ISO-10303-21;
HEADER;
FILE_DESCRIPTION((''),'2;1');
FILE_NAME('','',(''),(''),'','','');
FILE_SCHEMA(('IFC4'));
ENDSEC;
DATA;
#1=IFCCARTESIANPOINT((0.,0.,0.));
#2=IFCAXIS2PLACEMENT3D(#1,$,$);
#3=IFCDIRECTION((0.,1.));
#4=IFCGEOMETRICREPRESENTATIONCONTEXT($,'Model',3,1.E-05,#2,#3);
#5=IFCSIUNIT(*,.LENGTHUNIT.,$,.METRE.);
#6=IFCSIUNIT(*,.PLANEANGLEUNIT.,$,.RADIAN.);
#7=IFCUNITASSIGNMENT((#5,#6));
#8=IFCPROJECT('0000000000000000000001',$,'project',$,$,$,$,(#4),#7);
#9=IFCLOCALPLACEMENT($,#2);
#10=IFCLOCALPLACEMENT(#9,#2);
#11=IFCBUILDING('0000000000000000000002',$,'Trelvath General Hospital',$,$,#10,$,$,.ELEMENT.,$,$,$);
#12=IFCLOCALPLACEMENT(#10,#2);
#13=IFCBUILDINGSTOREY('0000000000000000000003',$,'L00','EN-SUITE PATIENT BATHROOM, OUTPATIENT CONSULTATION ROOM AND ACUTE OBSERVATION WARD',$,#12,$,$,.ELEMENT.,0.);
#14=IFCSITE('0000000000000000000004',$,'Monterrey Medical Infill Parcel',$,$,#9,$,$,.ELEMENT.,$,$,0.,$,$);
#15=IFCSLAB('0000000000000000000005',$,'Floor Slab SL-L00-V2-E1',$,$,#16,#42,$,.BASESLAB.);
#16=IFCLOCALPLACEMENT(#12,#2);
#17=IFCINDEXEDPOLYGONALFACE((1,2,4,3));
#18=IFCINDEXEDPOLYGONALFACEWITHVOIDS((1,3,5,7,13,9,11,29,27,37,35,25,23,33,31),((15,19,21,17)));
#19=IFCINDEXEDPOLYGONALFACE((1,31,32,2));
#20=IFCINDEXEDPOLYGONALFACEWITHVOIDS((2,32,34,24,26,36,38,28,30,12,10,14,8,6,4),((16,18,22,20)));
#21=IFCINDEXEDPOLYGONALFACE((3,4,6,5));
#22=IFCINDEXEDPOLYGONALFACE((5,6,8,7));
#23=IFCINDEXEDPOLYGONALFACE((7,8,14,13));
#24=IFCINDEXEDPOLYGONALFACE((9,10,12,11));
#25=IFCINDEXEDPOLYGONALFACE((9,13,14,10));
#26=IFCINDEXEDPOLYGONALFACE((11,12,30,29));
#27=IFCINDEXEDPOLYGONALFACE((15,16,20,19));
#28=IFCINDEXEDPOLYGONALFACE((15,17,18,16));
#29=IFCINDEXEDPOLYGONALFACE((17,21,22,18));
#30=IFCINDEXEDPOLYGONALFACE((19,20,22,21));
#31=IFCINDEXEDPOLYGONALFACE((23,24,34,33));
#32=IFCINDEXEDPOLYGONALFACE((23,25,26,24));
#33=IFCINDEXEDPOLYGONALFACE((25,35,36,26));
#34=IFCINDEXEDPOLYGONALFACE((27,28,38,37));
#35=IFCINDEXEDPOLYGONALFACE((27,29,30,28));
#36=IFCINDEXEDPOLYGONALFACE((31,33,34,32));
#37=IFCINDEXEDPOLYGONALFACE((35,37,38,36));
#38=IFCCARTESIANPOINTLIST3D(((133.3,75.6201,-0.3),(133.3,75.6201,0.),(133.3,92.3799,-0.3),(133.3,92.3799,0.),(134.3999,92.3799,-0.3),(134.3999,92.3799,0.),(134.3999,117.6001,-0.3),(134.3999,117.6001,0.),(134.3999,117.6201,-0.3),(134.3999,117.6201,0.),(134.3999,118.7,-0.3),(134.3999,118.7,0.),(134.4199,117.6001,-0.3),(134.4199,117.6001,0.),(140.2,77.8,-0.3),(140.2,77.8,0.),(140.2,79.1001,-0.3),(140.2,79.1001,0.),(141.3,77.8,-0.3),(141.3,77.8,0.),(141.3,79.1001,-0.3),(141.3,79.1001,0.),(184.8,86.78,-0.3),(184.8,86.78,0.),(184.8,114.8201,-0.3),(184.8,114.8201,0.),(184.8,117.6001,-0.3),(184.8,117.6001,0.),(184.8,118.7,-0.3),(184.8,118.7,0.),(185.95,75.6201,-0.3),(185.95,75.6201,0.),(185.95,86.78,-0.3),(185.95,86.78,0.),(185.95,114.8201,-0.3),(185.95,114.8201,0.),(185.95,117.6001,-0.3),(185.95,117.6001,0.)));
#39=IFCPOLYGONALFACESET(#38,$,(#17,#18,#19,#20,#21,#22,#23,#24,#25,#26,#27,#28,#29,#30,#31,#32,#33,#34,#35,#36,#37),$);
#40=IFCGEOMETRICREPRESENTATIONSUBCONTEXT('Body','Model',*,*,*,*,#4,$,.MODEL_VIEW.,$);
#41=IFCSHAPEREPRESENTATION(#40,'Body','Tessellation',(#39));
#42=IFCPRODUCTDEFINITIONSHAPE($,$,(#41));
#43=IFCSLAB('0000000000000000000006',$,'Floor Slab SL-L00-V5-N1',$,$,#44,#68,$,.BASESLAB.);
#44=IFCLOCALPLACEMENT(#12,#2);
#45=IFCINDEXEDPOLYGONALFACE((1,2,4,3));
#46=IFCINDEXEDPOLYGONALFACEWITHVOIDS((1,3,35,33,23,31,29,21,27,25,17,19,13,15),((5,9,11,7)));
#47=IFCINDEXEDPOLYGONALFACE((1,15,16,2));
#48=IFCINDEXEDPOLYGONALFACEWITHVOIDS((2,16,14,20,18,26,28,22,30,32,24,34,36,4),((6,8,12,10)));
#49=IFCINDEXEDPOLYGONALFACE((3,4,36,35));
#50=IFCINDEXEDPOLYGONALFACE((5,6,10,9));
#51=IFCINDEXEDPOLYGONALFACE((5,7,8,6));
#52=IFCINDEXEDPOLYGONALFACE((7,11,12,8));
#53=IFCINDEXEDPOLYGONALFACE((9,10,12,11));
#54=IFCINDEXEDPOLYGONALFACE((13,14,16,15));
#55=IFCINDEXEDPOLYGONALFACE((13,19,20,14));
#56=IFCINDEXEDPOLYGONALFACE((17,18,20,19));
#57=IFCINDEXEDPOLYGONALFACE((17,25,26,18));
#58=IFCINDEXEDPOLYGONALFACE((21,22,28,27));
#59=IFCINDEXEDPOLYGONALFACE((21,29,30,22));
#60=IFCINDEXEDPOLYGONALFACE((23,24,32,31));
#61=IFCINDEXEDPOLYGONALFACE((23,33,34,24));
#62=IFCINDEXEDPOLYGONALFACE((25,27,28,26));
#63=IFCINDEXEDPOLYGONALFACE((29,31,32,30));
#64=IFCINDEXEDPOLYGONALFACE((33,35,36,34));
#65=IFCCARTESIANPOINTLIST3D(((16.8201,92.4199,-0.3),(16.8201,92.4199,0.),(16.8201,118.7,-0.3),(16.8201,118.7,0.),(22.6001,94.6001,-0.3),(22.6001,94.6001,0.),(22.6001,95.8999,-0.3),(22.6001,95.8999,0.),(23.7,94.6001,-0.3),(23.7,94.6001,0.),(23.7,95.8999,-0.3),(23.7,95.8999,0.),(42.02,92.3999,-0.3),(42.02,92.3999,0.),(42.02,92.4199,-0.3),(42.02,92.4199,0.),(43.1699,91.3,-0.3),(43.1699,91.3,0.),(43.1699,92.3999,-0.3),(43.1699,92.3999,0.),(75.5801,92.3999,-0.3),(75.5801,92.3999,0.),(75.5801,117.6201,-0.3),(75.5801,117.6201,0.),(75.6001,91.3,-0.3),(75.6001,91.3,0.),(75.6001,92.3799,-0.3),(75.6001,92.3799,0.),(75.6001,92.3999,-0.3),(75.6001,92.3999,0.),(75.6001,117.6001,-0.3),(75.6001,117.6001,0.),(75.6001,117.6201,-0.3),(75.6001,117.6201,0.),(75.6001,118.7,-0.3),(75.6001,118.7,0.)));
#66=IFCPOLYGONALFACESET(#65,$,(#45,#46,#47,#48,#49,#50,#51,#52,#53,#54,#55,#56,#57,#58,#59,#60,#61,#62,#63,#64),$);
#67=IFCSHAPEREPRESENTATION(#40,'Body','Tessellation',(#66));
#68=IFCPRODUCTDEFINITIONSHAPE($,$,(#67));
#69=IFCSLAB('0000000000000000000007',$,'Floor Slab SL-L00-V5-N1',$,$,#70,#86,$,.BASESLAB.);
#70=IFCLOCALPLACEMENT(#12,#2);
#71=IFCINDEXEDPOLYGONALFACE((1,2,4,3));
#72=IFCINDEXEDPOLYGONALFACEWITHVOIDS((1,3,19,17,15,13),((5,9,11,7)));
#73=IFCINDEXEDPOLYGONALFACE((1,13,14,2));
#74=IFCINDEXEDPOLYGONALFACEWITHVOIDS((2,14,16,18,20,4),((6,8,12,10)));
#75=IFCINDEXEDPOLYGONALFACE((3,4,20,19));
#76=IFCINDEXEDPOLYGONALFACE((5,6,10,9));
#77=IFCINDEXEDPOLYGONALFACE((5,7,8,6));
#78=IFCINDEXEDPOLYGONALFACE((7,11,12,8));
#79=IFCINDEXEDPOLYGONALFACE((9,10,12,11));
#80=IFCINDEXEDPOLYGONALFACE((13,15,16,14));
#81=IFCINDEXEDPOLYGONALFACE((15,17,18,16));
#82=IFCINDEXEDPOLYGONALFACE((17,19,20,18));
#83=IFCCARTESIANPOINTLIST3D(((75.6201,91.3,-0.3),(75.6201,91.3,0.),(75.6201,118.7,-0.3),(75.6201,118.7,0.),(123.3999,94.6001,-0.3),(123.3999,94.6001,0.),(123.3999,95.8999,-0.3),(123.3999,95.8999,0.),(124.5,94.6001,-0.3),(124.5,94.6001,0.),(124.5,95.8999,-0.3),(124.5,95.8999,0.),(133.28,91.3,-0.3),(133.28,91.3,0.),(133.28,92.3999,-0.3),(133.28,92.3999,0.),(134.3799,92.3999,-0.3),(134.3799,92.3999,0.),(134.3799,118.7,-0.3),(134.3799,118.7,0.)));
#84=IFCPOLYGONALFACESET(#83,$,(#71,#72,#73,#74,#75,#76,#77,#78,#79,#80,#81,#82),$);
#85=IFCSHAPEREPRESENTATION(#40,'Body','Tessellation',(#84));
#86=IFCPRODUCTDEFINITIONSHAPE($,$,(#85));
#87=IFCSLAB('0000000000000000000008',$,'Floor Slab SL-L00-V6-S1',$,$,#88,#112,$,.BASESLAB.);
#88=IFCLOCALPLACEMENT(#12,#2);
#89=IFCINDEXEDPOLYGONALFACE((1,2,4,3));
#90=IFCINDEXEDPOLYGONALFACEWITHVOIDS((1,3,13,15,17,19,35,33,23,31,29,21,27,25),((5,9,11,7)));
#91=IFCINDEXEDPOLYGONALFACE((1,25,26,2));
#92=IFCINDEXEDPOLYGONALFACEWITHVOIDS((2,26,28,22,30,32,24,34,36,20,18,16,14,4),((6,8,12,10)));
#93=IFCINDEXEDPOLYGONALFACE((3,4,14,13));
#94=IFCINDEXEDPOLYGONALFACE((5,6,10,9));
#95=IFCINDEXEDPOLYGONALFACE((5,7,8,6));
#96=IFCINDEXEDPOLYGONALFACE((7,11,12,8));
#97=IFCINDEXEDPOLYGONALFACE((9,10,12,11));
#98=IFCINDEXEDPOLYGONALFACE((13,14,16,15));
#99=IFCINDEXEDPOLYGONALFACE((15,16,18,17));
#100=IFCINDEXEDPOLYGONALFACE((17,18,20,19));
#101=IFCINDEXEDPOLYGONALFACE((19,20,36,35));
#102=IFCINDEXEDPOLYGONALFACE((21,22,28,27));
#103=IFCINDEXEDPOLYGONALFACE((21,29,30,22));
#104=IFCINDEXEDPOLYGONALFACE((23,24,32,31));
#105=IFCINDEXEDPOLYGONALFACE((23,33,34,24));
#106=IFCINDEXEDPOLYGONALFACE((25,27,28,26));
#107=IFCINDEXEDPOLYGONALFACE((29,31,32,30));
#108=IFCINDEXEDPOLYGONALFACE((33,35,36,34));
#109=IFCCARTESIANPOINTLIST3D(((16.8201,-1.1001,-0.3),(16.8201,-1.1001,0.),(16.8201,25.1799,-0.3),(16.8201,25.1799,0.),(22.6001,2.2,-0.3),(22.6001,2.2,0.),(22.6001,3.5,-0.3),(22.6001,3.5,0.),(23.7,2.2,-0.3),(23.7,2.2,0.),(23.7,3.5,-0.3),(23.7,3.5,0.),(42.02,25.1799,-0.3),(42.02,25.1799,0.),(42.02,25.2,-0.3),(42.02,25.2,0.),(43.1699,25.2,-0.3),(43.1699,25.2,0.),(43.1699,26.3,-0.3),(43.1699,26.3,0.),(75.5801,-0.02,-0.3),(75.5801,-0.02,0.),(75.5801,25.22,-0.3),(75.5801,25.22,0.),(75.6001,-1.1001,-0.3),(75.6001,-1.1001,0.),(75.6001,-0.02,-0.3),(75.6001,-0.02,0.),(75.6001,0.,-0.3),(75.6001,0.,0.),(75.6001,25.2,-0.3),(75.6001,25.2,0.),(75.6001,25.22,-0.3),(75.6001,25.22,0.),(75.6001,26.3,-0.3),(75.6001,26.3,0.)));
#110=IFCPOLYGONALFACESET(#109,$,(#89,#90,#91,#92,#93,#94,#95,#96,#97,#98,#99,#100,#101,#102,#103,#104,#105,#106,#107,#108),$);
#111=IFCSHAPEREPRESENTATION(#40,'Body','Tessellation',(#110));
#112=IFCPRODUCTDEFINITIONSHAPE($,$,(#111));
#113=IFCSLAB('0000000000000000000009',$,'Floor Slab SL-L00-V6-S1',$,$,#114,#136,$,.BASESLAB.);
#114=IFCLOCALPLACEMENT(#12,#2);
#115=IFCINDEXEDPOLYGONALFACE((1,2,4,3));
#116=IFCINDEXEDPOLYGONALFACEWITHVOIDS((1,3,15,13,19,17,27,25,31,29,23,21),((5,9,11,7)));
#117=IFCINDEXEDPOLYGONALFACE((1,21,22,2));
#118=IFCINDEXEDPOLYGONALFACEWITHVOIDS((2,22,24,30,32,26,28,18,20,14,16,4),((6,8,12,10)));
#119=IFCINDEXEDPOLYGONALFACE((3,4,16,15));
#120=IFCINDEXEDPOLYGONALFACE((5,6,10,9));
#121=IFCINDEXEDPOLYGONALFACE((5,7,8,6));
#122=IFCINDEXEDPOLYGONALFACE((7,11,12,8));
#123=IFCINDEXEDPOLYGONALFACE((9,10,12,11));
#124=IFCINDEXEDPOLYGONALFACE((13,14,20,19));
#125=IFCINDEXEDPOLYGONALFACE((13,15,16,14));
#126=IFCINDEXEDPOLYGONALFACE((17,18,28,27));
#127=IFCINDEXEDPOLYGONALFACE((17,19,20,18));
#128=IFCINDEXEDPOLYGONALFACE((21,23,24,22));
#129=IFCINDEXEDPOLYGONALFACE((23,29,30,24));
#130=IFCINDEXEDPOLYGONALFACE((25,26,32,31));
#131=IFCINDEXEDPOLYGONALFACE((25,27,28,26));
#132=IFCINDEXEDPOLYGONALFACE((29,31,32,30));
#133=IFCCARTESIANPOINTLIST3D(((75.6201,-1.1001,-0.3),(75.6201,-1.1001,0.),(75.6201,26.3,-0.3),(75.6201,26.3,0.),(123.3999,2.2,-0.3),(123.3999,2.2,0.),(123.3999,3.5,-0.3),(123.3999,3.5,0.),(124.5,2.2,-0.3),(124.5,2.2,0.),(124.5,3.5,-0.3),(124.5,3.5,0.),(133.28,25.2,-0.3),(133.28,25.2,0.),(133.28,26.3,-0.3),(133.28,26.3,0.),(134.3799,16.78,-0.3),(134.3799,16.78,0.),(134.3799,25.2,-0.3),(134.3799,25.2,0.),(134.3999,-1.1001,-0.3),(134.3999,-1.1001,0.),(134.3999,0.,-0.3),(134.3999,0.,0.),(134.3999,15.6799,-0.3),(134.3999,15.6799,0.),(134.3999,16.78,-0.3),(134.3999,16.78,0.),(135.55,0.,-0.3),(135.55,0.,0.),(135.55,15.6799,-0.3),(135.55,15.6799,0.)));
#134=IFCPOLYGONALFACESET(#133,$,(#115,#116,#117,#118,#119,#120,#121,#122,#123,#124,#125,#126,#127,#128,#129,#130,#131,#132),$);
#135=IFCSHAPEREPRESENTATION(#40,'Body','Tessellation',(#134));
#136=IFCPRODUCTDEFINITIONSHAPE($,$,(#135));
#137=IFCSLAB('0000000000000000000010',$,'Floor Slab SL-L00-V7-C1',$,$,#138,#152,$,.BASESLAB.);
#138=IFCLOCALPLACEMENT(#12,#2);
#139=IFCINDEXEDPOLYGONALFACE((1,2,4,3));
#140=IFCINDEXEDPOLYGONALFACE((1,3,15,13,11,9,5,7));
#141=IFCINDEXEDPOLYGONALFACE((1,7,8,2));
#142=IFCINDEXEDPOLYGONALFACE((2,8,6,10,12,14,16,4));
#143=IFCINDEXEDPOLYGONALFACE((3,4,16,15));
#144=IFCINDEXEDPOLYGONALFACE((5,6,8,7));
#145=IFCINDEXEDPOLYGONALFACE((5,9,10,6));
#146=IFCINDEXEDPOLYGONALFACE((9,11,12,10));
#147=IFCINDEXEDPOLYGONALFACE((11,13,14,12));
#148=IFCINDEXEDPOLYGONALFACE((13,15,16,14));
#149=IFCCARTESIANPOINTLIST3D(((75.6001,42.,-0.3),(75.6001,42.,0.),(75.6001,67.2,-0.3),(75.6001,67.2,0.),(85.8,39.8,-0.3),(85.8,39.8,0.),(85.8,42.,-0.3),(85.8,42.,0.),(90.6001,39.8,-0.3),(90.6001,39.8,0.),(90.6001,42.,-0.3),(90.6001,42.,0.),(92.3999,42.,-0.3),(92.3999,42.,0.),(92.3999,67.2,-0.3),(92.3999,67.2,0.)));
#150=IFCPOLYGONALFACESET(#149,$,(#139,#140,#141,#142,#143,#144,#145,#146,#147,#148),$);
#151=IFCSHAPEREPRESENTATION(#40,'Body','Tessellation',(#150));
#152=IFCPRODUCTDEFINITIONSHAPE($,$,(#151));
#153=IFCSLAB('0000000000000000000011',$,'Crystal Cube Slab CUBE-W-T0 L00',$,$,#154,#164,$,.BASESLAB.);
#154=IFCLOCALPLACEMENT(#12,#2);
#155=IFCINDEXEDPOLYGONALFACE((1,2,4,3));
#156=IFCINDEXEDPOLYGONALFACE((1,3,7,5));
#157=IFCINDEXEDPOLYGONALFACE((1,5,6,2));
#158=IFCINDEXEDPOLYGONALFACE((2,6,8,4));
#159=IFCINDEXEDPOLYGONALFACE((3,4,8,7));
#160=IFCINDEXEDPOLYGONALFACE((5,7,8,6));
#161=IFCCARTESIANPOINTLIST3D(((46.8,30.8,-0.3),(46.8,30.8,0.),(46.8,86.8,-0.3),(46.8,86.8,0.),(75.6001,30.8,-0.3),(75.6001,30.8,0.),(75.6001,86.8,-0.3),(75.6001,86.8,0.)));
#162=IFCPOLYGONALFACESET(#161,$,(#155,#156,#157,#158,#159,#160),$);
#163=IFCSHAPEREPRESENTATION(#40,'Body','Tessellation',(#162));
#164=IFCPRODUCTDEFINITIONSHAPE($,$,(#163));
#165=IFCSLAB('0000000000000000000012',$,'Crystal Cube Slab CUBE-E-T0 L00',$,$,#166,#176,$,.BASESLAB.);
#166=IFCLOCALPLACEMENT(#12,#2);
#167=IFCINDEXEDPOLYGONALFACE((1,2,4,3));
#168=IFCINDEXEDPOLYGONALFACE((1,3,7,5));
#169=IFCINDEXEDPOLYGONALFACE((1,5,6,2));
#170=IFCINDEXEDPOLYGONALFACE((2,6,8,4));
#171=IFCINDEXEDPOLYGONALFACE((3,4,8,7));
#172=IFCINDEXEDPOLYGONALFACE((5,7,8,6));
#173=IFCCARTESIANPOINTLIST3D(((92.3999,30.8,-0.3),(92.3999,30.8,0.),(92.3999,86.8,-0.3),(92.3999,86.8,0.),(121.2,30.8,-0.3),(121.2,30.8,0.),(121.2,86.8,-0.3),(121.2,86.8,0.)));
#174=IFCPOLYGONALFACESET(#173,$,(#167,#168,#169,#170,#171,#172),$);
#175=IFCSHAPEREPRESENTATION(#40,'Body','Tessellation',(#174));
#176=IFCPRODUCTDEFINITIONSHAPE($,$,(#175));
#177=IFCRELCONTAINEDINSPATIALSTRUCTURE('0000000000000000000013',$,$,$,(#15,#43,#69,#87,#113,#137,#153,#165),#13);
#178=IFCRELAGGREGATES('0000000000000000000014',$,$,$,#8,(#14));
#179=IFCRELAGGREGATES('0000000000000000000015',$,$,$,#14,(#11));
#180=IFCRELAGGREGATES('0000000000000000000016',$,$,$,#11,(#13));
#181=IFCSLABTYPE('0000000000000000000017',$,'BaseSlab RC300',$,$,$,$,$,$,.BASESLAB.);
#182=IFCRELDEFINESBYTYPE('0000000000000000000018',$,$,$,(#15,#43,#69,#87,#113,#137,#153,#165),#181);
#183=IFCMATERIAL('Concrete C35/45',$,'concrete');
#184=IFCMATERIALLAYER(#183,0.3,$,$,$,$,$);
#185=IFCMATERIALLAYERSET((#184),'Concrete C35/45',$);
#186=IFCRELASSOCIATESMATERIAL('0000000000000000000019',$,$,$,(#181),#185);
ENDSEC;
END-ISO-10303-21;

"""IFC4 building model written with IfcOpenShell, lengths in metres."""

from ifc_helpers import new_model, si_unit, direction, frame, origin, place, context, subcontext, project, spatial, polyline, outline, extrude, material, layer, layer_set, type_object, element, save


model = new_model("IFC4")

# Units and contexts
model_context = context("Model", 3, precision=1e-05, world=origin(), true_north=direction((0.0, 1.0)))
body_context = subcontext(model_context, "Body", "Model", "MODEL_VIEW")
ifc_project = project(units=[si_unit("LENGTHUNIT", "METRE"), si_unit("PLANEANGLEUNIT", "RADIAN")], contexts=[model_context])

# Site, building, storey
site_placement = place(None, origin())
site = spatial("IfcSite", under=ifc_project, at=site_placement, Name="Monterrey Medical Infill Parcel", CompositionType="ELEMENT", RefElevation=0.0)
building_placement = place(site_placement, origin())
building = spatial("IfcBuilding", under=site, at=building_placement, Name="Trelvath General Hospital", CompositionType="ELEMENT")
storey_placement = place(building_placement, origin())
storey = spatial("IfcBuildingStorey", under=building, at=storey_placement, Name="L00", Description="EN-SUITE PATIENT BATHROOM, OUTPATIENT CONSULTATION ROOM AND ACUTE OBSERVATION WARD", CompositionType="ELEMENT", Elevation=0.0)

# Slabs
ifc_material_1 = material(Name="Concrete C35/45", Category="concrete")
ifc_layer_1 = layer(ifc_material_1, 0.3)
ifc_layer_set_1 = layer_set([ifc_layer_1], Name="Concrete C35/45")
slab_type_1 = type_object("IfcSlabType", Name="BaseSlab RC300", PredefinedType="BASESLAB", material=ifc_layer_set_1)
slab_1_placement = place(storey_placement, frame((0.0, 0.0, -0.3)))
element("IfcSlab", 1, at=slab_1_placement, inside=storey, type_object=slab_type_1, Name="Floor Slab SL-L00-V2-E1", PredefinedType="BASESLAB", context=body_context, shape_type="SweptSolid", body=[
    extrude(outline(polyline([(133.3, 75.6201), (133.3, 92.3799), (134.3999, 92.3799), (134.3999, 117.6001), (134.4199, 117.6001), (134.3999, 117.6201), (134.3999, 118.7), (184.8, 118.7), (184.8, 117.6001), (185.95, 117.6001), (185.95, 114.8201), (184.8, 114.8201), (184.8, 86.78), (185.95, 86.78), (185.95, 75.6201), (133.3, 75.6201)]), holes=[polyline([(140.2, 77.8), (141.3, 77.8), (141.3, 79.1001), (140.2, 79.1001), (140.2, 77.8)])]), origin(), (0.0, 0.0, 1.0), 0.3),
])
slab_2_placement = place(storey_placement, frame((0.0, 0.0, -0.3)))
element("IfcSlab", 2, at=slab_2_placement, inside=storey, type_object=slab_type_1, Name="Floor Slab SL-L00-V5-N1", PredefinedType="BASESLAB", context=body_context, shape_type="SweptSolid", body=[
    extrude(outline(polyline([(16.8201, 92.4199), (16.8201, 118.7), (75.6001, 118.7), (75.6001, 117.6201), (75.5801, 117.6201), (75.6001, 117.6001), (75.6001, 92.3999), (75.5801, 92.3999), (75.6001, 92.3799), (75.6001, 91.3), (43.1699, 91.3), (43.1699, 92.3999), (42.02, 92.3999), (42.02, 92.4199), (16.8201, 92.4199)]), holes=[polyline([(22.6001, 94.6001), (23.7, 94.6001), (23.7, 95.8999), (22.6001, 95.8999), (22.6001, 94.6001)])]), origin(), (0.0, 0.0, 1.0), 0.3),
])
slab_3_placement = place(storey_placement, frame((0.0, 0.0, -0.3)))
element("IfcSlab", 3, at=slab_3_placement, inside=storey, type_object=slab_type_1, Name="Floor Slab SL-L00-V5-N1", PredefinedType="BASESLAB", context=body_context, shape_type="SweptSolid", body=[
    extrude(outline(polyline([(133.28, 91.3), (75.6201, 91.3), (75.6201, 118.7), (134.3799, 118.7), (134.3799, 92.3999), (133.28, 92.3999), (133.28, 91.3)]), holes=[polyline([(123.3999, 94.6001), (124.5, 94.6001), (124.5, 95.8999), (123.3999, 95.8999), (123.3999, 94.6001)])]), origin(), (0.0, 0.0, 1.0), 0.3),
])
slab_4_placement = place(storey_placement, frame((0.0, 0.0, -0.3)))
element("IfcSlab", 4, at=slab_4_placement, inside=storey, type_object=slab_type_1, Name="Floor Slab SL-L00-V6-S1", PredefinedType="BASESLAB", context=body_context, shape_type="SweptSolid", body=[
    extrude(outline(polyline([(75.6001, -0.02), (75.6001, -1.1001), (16.8201, -1.1001), (16.8201, 25.1799), (42.02, 25.1799), (42.02, 25.2), (43.1699, 25.2), (43.1699, 26.3), (75.6001, 26.3), (75.6001, 25.22), (75.5801, 25.22), (75.6001, 25.2), (75.6001, 0.0), (75.5801, -0.02), (75.6001, -0.02)]), holes=[polyline([(22.6001, 2.2), (23.7, 2.2), (23.7, 3.5), (22.6001, 3.5), (22.6001, 2.2)])]), origin(), (0.0, 0.0, 1.0), 0.3),
])
slab_5_placement = place(storey_placement, frame((0.0, 0.0, -0.3)))
element("IfcSlab", 5, at=slab_5_placement, inside=storey, type_object=slab_type_1, Name="Floor Slab SL-L00-V6-S1", PredefinedType="BASESLAB", context=body_context, shape_type="SweptSolid", body=[
    extrude(outline(polyline([(75.6201, -1.1001), (75.6201, 26.3), (133.28, 26.3), (133.28, 25.2), (134.3799, 25.2), (134.3799, 16.78), (134.3999, 16.78), (134.3999, 15.6799), (135.55, 15.6799), (135.55, 0.0), (134.3999, 0.0), (134.3999, -1.1001), (75.6201, -1.1001)]), holes=[polyline([(123.3999, 2.2), (124.5, 2.2), (124.5, 3.5), (123.3999, 3.5), (123.3999, 2.2)])]), origin(), (0.0, 0.0, 1.0), 0.3),
])
slab_6_placement = place(storey_placement, frame((0.0, 0.0, -0.3)))
element("IfcSlab", 6, at=slab_6_placement, inside=storey, type_object=slab_type_1, Name="Floor Slab SL-L00-V7-C1", PredefinedType="BASESLAB", context=body_context, shape_type="SweptSolid", body=[
    extrude(outline(polyline([(85.8, 42.0), (75.6001, 42.0), (75.6001, 67.2), (92.3999, 67.2), (92.3999, 42.0), (90.6001, 42.0), (90.6001, 39.8), (85.8, 39.8), (85.8, 42.0)])), origin(), (0.0, 0.0, 1.0), 0.3),
])
slab_7_placement = place(storey_placement, frame((0.0, 0.0, -0.3)))
element("IfcSlab", 7, at=slab_7_placement, inside=storey, type_object=slab_type_1, Name="Crystal Cube Slab CUBE-W-T0 L00", PredefinedType="BASESLAB", context=body_context, shape_type="SweptSolid", body=[
    extrude(outline(polyline([(46.8, 30.8), (75.6001, 30.8), (75.6001, 86.8), (46.8, 86.8), (46.8, 30.8)])), origin(), (0.0, 0.0, 1.0), 0.3),
])
slab_8_placement = place(storey_placement, frame((0.0, 0.0, -0.3)))
element("IfcSlab", 8, at=slab_8_placement, inside=storey, type_object=slab_type_1, Name="Crystal Cube Slab CUBE-E-T0 L00", PredefinedType="BASESLAB", context=body_context, shape_type="SweptSolid", body=[
    extrude(outline(polyline([(92.3999, 30.8), (121.2, 30.8), (121.2, 86.8), (92.3999, 86.8), (92.3999, 30.8)])), origin(), (0.0, 0.0, 1.0), 0.3),
])

save(model, "model.ifc")
